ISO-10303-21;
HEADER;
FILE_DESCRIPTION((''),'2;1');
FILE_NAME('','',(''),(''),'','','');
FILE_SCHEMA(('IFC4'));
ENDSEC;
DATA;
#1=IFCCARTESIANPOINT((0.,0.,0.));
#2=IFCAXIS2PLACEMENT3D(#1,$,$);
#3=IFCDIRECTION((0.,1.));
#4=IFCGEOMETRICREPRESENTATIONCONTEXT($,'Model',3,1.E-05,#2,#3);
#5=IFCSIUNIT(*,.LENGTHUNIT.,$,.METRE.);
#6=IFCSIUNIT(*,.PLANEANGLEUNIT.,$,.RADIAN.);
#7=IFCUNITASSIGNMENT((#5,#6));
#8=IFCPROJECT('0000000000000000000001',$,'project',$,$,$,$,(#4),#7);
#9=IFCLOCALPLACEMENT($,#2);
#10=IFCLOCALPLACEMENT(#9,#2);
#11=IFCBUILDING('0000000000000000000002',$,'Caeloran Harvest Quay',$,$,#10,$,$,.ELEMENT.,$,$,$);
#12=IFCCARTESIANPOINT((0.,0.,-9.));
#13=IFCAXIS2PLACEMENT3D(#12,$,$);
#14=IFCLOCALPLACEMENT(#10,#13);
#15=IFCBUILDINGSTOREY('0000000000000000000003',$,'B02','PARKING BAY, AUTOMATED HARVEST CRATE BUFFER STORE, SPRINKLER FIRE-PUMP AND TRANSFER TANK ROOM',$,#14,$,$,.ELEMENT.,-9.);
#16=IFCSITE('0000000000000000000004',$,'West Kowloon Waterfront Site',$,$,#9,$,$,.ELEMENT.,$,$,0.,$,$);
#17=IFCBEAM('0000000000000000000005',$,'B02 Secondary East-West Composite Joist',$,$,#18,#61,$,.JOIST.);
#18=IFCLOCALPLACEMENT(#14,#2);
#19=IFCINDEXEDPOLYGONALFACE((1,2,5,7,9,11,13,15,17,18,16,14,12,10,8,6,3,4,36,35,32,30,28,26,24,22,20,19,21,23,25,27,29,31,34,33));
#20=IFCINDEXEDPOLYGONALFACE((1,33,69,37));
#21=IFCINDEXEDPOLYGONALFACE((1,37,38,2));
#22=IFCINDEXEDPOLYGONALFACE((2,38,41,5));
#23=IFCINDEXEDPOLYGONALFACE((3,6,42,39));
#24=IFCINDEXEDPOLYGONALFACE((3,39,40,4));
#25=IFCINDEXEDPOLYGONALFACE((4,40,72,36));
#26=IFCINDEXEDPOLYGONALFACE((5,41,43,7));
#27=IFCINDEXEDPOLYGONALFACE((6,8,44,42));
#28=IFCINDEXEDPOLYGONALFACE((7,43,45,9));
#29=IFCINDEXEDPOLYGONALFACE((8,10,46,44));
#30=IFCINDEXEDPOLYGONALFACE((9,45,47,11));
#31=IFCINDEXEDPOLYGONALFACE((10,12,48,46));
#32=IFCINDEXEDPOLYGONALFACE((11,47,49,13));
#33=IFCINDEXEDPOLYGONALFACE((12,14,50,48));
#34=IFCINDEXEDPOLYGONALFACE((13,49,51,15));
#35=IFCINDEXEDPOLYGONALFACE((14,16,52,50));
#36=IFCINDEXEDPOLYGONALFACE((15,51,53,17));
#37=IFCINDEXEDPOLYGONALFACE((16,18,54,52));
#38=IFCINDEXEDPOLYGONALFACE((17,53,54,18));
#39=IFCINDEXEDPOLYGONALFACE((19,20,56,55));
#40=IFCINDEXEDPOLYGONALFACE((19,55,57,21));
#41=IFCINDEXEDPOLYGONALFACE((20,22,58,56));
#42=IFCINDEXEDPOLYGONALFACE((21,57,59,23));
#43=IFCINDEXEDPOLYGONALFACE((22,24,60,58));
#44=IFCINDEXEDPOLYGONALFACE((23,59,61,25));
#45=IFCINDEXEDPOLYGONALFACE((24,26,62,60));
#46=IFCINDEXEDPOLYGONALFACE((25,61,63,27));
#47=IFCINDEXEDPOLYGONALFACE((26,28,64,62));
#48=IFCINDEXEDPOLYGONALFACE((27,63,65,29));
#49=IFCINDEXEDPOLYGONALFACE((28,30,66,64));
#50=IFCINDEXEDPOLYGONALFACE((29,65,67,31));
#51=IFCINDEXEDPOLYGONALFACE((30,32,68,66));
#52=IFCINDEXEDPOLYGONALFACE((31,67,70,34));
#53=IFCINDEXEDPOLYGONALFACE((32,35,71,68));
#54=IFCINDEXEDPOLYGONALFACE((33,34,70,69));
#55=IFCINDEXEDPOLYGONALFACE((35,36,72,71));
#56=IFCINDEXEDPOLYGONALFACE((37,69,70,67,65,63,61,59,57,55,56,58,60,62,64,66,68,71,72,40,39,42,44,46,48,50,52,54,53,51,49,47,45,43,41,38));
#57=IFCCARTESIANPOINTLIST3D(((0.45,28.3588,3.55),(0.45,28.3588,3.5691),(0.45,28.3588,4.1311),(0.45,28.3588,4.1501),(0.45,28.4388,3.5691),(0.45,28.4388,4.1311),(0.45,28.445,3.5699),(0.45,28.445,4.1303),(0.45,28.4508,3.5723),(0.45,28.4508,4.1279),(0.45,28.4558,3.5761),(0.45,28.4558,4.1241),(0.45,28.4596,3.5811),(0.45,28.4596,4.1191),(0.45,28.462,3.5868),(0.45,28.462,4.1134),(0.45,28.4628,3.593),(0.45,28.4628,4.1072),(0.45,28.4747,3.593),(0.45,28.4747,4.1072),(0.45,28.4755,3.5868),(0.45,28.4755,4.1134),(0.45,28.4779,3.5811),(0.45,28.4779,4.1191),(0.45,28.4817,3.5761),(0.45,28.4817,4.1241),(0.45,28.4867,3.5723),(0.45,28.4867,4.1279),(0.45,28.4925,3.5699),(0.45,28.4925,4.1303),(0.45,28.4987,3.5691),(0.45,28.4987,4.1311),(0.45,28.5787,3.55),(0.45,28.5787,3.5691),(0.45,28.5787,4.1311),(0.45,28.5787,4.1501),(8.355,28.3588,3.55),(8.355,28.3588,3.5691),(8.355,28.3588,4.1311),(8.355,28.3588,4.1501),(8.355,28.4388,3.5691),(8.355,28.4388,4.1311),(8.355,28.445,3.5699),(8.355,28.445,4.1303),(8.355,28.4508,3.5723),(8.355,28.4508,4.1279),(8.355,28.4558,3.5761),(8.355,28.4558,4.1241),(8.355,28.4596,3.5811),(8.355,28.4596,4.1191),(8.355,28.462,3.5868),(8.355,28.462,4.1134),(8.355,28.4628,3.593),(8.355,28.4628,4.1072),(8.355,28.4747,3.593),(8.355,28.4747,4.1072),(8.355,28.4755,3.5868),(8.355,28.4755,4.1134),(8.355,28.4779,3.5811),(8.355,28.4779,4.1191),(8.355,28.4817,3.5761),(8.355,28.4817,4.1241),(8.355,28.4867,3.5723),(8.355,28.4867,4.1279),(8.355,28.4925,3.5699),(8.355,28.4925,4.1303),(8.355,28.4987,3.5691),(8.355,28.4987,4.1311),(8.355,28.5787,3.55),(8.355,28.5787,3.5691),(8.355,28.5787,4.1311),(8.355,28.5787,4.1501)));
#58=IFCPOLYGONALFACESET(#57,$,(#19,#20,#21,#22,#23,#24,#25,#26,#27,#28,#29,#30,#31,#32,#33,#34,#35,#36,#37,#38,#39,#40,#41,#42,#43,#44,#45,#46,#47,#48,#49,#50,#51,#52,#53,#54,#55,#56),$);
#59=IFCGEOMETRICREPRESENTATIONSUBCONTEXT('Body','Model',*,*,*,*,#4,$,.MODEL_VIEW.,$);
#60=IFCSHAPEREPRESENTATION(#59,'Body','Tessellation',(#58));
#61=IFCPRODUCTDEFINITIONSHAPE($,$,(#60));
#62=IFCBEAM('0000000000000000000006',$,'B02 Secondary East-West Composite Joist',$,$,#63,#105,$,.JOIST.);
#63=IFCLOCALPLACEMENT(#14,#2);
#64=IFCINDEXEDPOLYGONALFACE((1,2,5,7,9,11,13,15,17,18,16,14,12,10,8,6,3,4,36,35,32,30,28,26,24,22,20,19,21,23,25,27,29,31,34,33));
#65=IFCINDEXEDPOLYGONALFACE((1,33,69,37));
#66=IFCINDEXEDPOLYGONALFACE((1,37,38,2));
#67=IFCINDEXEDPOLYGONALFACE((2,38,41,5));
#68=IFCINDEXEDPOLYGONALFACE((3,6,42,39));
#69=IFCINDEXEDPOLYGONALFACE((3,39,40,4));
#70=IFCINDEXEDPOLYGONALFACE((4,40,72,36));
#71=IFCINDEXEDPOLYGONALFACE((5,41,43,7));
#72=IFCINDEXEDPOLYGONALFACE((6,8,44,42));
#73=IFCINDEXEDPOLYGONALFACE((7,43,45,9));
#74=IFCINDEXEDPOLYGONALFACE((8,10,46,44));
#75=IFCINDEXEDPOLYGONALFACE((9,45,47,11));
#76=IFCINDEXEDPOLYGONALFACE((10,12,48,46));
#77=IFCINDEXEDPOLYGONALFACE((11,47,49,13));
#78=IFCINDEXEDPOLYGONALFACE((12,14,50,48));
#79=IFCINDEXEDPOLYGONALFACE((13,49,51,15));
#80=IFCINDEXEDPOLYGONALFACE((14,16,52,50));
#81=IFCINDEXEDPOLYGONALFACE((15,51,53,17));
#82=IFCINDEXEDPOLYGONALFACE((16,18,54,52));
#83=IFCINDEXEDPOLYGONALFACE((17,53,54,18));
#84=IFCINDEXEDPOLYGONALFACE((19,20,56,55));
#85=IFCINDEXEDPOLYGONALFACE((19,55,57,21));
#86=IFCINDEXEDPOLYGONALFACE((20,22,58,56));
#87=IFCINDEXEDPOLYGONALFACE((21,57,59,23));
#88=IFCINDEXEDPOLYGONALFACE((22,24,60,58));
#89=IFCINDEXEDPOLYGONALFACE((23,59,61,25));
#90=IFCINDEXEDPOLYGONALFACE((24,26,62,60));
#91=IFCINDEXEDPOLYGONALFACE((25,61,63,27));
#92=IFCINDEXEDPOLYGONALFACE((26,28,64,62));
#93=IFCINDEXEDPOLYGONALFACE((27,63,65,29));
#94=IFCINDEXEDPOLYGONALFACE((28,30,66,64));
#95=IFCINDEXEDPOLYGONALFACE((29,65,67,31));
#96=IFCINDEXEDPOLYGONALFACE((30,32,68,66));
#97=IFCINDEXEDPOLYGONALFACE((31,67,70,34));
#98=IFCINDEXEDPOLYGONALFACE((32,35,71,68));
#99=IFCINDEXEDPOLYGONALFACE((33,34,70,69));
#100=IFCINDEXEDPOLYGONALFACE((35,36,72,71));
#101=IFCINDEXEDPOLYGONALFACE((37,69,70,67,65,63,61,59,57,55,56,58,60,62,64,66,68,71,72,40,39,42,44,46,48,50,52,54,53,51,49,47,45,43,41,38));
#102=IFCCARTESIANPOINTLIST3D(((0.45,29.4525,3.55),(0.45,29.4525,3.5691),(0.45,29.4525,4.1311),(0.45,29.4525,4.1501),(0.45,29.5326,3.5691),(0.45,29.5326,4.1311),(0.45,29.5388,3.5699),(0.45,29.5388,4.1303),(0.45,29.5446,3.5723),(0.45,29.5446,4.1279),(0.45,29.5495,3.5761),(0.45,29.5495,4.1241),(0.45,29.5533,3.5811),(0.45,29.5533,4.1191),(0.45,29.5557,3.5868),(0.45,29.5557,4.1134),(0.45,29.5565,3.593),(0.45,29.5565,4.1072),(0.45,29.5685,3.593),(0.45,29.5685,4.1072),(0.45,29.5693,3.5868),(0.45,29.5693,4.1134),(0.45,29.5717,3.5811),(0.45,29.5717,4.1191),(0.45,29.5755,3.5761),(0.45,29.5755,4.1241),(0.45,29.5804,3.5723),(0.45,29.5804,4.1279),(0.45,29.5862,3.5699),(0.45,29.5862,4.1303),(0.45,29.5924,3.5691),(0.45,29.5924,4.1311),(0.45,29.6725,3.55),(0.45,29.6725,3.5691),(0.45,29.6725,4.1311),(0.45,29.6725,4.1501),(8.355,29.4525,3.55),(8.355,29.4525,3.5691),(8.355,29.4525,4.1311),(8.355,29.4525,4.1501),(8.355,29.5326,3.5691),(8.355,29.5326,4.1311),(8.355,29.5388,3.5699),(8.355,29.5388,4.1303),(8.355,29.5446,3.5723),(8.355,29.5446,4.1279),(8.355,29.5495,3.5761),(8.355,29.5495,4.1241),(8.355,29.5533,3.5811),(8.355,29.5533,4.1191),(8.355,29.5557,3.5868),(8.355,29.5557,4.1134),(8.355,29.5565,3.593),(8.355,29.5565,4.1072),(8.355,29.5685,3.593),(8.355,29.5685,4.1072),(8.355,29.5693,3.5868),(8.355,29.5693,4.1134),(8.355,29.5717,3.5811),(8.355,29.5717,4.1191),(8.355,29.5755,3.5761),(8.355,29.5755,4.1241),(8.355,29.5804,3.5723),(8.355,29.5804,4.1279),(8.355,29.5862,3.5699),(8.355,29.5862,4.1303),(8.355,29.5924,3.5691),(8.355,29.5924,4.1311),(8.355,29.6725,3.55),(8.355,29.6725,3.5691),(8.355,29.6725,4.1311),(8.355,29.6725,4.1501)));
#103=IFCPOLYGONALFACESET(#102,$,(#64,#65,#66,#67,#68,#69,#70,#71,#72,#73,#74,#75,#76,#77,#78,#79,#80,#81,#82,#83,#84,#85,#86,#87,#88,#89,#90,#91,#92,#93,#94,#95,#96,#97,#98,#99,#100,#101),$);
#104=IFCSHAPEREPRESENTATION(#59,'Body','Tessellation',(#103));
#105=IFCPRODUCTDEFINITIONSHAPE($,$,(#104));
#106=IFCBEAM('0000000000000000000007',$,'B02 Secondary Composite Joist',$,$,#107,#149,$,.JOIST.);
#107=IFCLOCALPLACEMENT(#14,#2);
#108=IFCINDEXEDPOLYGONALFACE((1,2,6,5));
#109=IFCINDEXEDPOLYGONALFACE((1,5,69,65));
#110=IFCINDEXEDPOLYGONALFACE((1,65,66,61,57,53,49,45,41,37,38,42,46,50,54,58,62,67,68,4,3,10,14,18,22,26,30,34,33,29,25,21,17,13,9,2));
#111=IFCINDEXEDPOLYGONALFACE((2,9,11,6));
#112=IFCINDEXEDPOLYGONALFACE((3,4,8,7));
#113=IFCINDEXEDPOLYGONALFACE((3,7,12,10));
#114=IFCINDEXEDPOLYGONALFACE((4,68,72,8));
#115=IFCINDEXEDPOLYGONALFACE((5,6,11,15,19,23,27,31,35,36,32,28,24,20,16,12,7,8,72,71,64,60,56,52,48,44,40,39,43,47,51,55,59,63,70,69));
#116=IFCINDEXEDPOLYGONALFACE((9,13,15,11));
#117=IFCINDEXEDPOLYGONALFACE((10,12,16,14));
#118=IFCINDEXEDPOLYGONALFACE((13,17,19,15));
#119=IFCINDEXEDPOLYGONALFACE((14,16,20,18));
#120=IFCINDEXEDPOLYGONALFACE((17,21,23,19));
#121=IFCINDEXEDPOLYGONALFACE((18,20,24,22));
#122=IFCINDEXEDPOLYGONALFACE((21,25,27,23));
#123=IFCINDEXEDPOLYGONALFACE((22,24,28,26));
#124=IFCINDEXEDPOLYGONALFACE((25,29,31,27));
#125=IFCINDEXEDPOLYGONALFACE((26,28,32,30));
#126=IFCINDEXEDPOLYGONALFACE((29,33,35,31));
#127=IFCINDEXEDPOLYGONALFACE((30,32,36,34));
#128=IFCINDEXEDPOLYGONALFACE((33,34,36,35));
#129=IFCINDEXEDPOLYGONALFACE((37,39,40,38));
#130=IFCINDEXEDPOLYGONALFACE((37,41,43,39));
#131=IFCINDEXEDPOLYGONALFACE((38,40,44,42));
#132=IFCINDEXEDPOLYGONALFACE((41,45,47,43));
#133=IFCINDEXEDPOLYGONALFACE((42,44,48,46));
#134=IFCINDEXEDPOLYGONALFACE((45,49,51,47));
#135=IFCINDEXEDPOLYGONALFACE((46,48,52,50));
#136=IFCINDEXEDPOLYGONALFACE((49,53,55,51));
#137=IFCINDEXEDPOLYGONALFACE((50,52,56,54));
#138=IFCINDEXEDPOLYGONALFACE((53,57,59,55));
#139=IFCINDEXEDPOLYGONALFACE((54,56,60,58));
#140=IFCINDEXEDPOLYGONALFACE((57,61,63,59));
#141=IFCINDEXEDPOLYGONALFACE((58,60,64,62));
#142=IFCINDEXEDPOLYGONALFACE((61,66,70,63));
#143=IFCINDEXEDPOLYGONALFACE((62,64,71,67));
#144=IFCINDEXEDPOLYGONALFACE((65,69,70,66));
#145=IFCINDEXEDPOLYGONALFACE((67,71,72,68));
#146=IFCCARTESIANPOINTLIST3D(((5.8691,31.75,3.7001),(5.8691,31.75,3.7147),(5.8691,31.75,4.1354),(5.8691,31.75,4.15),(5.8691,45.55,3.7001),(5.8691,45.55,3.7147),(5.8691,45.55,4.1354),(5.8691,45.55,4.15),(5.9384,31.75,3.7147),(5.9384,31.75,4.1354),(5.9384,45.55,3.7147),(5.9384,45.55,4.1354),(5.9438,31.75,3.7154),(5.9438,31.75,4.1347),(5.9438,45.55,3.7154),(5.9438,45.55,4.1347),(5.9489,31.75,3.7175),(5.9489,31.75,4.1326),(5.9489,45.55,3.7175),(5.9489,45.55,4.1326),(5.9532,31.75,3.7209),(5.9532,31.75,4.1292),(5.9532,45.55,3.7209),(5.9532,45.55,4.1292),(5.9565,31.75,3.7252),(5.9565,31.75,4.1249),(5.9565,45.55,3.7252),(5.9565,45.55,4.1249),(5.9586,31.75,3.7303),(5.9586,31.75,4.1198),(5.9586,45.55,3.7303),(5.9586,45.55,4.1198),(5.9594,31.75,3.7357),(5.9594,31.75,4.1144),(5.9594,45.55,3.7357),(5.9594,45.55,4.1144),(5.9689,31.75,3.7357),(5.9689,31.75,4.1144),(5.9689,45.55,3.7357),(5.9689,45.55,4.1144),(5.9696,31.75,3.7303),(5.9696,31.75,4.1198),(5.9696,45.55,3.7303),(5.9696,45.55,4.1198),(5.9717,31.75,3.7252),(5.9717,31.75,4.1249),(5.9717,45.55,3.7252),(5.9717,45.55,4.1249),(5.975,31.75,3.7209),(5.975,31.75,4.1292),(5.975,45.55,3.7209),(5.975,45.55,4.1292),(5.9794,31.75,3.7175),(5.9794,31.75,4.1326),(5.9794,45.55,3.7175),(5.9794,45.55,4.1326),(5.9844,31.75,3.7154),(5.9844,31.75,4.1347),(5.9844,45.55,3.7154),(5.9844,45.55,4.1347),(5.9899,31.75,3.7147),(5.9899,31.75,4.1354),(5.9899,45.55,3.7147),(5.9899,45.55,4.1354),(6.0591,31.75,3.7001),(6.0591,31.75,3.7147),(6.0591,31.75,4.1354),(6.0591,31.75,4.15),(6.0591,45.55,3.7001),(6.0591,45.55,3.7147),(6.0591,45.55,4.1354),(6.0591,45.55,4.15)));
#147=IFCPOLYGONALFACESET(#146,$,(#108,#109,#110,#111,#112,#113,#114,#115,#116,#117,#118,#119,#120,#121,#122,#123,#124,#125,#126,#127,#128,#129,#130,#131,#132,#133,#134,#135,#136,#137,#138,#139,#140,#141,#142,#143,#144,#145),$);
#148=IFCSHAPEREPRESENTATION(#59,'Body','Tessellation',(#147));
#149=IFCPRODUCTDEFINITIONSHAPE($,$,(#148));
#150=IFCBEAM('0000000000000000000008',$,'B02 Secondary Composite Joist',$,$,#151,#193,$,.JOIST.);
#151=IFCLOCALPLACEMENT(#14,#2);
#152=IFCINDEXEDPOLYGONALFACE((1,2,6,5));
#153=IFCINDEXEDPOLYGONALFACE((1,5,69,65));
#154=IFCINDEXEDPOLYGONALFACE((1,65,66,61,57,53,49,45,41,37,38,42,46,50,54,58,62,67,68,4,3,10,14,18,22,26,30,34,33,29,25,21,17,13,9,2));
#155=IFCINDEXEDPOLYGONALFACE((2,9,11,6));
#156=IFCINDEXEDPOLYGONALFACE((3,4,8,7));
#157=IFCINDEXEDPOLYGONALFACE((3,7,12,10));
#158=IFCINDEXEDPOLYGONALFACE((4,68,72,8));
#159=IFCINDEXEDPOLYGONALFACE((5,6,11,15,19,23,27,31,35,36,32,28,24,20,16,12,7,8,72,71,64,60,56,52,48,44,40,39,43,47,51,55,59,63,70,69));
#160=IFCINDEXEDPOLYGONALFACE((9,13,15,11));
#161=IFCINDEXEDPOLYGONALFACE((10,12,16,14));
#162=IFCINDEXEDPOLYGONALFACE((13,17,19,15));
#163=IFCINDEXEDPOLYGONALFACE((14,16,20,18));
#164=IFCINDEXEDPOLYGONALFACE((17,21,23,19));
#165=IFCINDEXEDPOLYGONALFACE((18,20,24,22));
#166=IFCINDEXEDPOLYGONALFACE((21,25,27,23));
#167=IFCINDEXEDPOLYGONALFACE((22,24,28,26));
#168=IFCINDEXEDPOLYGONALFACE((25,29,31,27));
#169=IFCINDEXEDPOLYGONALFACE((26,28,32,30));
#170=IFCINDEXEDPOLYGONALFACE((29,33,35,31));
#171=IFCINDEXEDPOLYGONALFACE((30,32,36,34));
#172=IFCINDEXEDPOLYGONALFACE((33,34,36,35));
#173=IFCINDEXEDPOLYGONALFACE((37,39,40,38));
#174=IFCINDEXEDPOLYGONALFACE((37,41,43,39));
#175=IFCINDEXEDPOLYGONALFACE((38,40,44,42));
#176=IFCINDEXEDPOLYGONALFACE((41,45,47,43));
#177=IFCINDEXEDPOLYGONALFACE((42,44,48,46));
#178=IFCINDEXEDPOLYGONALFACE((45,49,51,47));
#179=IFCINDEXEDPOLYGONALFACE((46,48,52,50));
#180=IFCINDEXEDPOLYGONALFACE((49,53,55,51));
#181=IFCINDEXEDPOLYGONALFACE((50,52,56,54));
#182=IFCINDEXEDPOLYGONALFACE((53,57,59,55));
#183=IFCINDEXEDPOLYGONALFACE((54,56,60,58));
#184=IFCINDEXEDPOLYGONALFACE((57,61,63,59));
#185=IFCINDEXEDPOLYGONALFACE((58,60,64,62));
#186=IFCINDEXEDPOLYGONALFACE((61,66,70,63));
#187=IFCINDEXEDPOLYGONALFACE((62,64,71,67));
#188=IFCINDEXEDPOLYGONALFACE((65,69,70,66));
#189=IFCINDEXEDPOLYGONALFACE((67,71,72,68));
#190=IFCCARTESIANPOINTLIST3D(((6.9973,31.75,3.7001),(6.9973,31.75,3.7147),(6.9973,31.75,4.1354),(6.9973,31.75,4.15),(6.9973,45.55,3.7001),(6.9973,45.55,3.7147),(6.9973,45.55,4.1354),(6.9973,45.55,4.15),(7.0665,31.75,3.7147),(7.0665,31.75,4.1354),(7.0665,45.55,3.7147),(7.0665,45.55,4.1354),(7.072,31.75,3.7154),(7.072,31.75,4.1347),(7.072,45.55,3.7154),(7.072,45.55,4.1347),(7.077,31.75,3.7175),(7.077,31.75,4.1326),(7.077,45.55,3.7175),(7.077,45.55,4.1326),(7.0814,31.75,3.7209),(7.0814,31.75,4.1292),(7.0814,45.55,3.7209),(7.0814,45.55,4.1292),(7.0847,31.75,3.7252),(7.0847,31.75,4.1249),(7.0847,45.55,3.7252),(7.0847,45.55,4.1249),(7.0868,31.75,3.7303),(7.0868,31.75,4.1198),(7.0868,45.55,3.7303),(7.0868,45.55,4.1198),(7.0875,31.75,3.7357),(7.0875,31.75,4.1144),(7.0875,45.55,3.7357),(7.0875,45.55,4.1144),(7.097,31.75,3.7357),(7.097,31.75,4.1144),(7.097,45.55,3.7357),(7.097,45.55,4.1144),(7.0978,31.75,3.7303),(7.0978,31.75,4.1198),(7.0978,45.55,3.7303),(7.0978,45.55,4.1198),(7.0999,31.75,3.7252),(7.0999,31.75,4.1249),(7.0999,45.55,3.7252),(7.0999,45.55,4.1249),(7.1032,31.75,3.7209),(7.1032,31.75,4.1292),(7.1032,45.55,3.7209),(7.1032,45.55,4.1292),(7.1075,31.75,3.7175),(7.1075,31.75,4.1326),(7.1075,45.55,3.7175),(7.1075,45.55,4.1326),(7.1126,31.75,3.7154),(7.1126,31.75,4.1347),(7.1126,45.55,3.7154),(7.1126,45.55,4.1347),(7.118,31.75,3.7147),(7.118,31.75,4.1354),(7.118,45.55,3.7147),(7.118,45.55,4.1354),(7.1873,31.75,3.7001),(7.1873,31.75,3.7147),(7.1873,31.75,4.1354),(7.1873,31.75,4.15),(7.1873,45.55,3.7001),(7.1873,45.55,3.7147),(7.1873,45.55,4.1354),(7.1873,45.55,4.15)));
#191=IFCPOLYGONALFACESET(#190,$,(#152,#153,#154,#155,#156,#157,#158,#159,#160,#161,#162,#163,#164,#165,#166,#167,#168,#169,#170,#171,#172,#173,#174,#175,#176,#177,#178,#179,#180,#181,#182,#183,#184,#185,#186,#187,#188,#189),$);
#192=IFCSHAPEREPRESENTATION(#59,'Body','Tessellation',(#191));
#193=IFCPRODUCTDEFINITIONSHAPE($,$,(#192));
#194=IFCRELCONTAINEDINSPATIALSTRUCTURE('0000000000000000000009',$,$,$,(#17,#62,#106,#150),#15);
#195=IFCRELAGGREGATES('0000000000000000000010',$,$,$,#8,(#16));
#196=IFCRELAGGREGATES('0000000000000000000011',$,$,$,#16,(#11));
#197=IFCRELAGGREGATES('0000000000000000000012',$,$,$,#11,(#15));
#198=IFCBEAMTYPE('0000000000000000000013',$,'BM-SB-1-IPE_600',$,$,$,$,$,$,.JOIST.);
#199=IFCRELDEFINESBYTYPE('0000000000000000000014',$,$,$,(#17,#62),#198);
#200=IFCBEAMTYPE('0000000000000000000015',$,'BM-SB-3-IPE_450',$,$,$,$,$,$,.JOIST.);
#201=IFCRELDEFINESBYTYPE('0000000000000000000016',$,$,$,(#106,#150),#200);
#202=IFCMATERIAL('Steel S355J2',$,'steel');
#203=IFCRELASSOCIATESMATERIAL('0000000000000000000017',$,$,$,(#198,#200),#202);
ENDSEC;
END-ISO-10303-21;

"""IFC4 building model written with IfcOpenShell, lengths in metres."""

from ifc_helpers import new_model, si_unit, direction, frame, origin, origin_2d, place, context, subcontext, project, spatial, i_section, extrude, material, material_profile, profile_set, type_object, element, save


model = new_model("IFC4")

# Units and contexts
model_context = context("Model", 3, precision=1e-05, world=origin(), true_north=direction((0.0, 1.0)))
body_context = subcontext(model_context, "Body", "Model", "MODEL_VIEW")
ifc_project = project(units=[si_unit("LENGTHUNIT", "METRE"), si_unit("PLANEANGLEUNIT", "RADIAN")], contexts=[model_context])

# Site, building, storey
site_placement = place(None, origin())
site = spatial("IfcSite", under=ifc_project, at=site_placement, Name="West Kowloon Waterfront Site", CompositionType="ELEMENT", RefElevation=0.0)
building_placement = place(site_placement, origin())
building = spatial("IfcBuilding", under=site, at=building_placement, Name="Caeloran Harvest Quay", CompositionType="ELEMENT")
storey_placement = place(building_placement, frame((0.0, 0.0, -9.0)))
storey = spatial("IfcBuildingStorey", under=building, at=storey_placement, Name="B02", Description="PARKING BAY, AUTOMATED HARVEST CRATE BUFFER STORE, SPRINKLER FIRE-PUMP AND TRANSFER TANK ROOM", CompositionType="ELEMENT", Elevation=-9.0)

# Beams
ifc_material_1 = material(Name="Steel S355J2", Category="steel")
ifc_material_profile_1 = material_profile(ifc_material_1, i_section(OverallWidth=0.22, OverallDepth=0.6001, WebThickness=0.012, FlangeThickness=0.019, FilletRadius=0.0239, at=origin_2d()), Name="IPE 600")
ifc_profile_set_1 = profile_set([ifc_material_profile_1], Name="Steel S355J2")
beam_type_1 = type_object("IfcBeamType", Name="BM-SB-1-IPE_600", PredefinedType="JOIST", material=ifc_profile_set_1)
for number, where, z_axis, x_axis, name in (
    (1, (0.45, 28.4688, 3.8501), (1.0, 0.0, 0.0), (0.0, 1.0, 0.0), "B02 Secondary East-West Composite Joist"),
    (2, (0.45, 29.5625, 3.8501), (1.0, 0.0, 0.0), (0.0, 1.0, 0.0), "B02 Secondary East-West Composite Joist"),
):
    element("IfcBeam", number, at=place(storey_placement, frame(where, z_axis=z_axis, x_axis=x_axis)), inside=storey, type_object=beam_type_1, Name=name, PredefinedType="JOIST", context=body_context, shape_type="SweptSolid", body=[
        extrude(i_section(OverallWidth=0.22, OverallDepth=0.6001, WebThickness=0.012, FlangeThickness=0.019, FilletRadius=0.0239, at=origin_2d()), origin(), (0.0, 0.0, 1.0), 7.905),
    ])
ifc_material_profile_2 = material_profile(ifc_material_1, i_section(OverallWidth=0.1899, OverallDepth=0.45, WebThickness=0.0095, FlangeThickness=0.0146, FilletRadius=0.021, at=origin_2d()), Name="IPE 450")
ifc_profile_set_2 = profile_set([ifc_material_profile_2], Name="Steel S355J2")
beam_type_2 = type_object("IfcBeamType", Name="BM-SB-3-IPE_450", PredefinedType="JOIST", material=ifc_profile_set_2)
for number, where, z_axis, x_axis, name in (
    (3, (5.9641, 31.75, 3.925), (0.0, 1.0, 0.0), (-1.0, 0.0, 0.0), "B02 Secondary Composite Joist"),
    (4, (7.0923, 31.75, 3.925), (0.0, 1.0, 0.0), (-1.0, 0.0, 0.0), "B02 Secondary Composite Joist"),
):
    element("IfcBeam", number, at=place(storey_placement, frame(where, z_axis=z_axis, x_axis=x_axis)), inside=storey, type_object=beam_type_2, Name=name, PredefinedType="JOIST", context=body_context, shape_type="SweptSolid", body=[
        extrude(i_section(OverallWidth=0.1899, OverallDepth=0.45, WebThickness=0.0095, FlangeThickness=0.0146, FilletRadius=0.021, at=origin_2d()), origin(), (0.0, 0.0, 1.0), 13.8),
    ])

save(model, "model.ifc")
